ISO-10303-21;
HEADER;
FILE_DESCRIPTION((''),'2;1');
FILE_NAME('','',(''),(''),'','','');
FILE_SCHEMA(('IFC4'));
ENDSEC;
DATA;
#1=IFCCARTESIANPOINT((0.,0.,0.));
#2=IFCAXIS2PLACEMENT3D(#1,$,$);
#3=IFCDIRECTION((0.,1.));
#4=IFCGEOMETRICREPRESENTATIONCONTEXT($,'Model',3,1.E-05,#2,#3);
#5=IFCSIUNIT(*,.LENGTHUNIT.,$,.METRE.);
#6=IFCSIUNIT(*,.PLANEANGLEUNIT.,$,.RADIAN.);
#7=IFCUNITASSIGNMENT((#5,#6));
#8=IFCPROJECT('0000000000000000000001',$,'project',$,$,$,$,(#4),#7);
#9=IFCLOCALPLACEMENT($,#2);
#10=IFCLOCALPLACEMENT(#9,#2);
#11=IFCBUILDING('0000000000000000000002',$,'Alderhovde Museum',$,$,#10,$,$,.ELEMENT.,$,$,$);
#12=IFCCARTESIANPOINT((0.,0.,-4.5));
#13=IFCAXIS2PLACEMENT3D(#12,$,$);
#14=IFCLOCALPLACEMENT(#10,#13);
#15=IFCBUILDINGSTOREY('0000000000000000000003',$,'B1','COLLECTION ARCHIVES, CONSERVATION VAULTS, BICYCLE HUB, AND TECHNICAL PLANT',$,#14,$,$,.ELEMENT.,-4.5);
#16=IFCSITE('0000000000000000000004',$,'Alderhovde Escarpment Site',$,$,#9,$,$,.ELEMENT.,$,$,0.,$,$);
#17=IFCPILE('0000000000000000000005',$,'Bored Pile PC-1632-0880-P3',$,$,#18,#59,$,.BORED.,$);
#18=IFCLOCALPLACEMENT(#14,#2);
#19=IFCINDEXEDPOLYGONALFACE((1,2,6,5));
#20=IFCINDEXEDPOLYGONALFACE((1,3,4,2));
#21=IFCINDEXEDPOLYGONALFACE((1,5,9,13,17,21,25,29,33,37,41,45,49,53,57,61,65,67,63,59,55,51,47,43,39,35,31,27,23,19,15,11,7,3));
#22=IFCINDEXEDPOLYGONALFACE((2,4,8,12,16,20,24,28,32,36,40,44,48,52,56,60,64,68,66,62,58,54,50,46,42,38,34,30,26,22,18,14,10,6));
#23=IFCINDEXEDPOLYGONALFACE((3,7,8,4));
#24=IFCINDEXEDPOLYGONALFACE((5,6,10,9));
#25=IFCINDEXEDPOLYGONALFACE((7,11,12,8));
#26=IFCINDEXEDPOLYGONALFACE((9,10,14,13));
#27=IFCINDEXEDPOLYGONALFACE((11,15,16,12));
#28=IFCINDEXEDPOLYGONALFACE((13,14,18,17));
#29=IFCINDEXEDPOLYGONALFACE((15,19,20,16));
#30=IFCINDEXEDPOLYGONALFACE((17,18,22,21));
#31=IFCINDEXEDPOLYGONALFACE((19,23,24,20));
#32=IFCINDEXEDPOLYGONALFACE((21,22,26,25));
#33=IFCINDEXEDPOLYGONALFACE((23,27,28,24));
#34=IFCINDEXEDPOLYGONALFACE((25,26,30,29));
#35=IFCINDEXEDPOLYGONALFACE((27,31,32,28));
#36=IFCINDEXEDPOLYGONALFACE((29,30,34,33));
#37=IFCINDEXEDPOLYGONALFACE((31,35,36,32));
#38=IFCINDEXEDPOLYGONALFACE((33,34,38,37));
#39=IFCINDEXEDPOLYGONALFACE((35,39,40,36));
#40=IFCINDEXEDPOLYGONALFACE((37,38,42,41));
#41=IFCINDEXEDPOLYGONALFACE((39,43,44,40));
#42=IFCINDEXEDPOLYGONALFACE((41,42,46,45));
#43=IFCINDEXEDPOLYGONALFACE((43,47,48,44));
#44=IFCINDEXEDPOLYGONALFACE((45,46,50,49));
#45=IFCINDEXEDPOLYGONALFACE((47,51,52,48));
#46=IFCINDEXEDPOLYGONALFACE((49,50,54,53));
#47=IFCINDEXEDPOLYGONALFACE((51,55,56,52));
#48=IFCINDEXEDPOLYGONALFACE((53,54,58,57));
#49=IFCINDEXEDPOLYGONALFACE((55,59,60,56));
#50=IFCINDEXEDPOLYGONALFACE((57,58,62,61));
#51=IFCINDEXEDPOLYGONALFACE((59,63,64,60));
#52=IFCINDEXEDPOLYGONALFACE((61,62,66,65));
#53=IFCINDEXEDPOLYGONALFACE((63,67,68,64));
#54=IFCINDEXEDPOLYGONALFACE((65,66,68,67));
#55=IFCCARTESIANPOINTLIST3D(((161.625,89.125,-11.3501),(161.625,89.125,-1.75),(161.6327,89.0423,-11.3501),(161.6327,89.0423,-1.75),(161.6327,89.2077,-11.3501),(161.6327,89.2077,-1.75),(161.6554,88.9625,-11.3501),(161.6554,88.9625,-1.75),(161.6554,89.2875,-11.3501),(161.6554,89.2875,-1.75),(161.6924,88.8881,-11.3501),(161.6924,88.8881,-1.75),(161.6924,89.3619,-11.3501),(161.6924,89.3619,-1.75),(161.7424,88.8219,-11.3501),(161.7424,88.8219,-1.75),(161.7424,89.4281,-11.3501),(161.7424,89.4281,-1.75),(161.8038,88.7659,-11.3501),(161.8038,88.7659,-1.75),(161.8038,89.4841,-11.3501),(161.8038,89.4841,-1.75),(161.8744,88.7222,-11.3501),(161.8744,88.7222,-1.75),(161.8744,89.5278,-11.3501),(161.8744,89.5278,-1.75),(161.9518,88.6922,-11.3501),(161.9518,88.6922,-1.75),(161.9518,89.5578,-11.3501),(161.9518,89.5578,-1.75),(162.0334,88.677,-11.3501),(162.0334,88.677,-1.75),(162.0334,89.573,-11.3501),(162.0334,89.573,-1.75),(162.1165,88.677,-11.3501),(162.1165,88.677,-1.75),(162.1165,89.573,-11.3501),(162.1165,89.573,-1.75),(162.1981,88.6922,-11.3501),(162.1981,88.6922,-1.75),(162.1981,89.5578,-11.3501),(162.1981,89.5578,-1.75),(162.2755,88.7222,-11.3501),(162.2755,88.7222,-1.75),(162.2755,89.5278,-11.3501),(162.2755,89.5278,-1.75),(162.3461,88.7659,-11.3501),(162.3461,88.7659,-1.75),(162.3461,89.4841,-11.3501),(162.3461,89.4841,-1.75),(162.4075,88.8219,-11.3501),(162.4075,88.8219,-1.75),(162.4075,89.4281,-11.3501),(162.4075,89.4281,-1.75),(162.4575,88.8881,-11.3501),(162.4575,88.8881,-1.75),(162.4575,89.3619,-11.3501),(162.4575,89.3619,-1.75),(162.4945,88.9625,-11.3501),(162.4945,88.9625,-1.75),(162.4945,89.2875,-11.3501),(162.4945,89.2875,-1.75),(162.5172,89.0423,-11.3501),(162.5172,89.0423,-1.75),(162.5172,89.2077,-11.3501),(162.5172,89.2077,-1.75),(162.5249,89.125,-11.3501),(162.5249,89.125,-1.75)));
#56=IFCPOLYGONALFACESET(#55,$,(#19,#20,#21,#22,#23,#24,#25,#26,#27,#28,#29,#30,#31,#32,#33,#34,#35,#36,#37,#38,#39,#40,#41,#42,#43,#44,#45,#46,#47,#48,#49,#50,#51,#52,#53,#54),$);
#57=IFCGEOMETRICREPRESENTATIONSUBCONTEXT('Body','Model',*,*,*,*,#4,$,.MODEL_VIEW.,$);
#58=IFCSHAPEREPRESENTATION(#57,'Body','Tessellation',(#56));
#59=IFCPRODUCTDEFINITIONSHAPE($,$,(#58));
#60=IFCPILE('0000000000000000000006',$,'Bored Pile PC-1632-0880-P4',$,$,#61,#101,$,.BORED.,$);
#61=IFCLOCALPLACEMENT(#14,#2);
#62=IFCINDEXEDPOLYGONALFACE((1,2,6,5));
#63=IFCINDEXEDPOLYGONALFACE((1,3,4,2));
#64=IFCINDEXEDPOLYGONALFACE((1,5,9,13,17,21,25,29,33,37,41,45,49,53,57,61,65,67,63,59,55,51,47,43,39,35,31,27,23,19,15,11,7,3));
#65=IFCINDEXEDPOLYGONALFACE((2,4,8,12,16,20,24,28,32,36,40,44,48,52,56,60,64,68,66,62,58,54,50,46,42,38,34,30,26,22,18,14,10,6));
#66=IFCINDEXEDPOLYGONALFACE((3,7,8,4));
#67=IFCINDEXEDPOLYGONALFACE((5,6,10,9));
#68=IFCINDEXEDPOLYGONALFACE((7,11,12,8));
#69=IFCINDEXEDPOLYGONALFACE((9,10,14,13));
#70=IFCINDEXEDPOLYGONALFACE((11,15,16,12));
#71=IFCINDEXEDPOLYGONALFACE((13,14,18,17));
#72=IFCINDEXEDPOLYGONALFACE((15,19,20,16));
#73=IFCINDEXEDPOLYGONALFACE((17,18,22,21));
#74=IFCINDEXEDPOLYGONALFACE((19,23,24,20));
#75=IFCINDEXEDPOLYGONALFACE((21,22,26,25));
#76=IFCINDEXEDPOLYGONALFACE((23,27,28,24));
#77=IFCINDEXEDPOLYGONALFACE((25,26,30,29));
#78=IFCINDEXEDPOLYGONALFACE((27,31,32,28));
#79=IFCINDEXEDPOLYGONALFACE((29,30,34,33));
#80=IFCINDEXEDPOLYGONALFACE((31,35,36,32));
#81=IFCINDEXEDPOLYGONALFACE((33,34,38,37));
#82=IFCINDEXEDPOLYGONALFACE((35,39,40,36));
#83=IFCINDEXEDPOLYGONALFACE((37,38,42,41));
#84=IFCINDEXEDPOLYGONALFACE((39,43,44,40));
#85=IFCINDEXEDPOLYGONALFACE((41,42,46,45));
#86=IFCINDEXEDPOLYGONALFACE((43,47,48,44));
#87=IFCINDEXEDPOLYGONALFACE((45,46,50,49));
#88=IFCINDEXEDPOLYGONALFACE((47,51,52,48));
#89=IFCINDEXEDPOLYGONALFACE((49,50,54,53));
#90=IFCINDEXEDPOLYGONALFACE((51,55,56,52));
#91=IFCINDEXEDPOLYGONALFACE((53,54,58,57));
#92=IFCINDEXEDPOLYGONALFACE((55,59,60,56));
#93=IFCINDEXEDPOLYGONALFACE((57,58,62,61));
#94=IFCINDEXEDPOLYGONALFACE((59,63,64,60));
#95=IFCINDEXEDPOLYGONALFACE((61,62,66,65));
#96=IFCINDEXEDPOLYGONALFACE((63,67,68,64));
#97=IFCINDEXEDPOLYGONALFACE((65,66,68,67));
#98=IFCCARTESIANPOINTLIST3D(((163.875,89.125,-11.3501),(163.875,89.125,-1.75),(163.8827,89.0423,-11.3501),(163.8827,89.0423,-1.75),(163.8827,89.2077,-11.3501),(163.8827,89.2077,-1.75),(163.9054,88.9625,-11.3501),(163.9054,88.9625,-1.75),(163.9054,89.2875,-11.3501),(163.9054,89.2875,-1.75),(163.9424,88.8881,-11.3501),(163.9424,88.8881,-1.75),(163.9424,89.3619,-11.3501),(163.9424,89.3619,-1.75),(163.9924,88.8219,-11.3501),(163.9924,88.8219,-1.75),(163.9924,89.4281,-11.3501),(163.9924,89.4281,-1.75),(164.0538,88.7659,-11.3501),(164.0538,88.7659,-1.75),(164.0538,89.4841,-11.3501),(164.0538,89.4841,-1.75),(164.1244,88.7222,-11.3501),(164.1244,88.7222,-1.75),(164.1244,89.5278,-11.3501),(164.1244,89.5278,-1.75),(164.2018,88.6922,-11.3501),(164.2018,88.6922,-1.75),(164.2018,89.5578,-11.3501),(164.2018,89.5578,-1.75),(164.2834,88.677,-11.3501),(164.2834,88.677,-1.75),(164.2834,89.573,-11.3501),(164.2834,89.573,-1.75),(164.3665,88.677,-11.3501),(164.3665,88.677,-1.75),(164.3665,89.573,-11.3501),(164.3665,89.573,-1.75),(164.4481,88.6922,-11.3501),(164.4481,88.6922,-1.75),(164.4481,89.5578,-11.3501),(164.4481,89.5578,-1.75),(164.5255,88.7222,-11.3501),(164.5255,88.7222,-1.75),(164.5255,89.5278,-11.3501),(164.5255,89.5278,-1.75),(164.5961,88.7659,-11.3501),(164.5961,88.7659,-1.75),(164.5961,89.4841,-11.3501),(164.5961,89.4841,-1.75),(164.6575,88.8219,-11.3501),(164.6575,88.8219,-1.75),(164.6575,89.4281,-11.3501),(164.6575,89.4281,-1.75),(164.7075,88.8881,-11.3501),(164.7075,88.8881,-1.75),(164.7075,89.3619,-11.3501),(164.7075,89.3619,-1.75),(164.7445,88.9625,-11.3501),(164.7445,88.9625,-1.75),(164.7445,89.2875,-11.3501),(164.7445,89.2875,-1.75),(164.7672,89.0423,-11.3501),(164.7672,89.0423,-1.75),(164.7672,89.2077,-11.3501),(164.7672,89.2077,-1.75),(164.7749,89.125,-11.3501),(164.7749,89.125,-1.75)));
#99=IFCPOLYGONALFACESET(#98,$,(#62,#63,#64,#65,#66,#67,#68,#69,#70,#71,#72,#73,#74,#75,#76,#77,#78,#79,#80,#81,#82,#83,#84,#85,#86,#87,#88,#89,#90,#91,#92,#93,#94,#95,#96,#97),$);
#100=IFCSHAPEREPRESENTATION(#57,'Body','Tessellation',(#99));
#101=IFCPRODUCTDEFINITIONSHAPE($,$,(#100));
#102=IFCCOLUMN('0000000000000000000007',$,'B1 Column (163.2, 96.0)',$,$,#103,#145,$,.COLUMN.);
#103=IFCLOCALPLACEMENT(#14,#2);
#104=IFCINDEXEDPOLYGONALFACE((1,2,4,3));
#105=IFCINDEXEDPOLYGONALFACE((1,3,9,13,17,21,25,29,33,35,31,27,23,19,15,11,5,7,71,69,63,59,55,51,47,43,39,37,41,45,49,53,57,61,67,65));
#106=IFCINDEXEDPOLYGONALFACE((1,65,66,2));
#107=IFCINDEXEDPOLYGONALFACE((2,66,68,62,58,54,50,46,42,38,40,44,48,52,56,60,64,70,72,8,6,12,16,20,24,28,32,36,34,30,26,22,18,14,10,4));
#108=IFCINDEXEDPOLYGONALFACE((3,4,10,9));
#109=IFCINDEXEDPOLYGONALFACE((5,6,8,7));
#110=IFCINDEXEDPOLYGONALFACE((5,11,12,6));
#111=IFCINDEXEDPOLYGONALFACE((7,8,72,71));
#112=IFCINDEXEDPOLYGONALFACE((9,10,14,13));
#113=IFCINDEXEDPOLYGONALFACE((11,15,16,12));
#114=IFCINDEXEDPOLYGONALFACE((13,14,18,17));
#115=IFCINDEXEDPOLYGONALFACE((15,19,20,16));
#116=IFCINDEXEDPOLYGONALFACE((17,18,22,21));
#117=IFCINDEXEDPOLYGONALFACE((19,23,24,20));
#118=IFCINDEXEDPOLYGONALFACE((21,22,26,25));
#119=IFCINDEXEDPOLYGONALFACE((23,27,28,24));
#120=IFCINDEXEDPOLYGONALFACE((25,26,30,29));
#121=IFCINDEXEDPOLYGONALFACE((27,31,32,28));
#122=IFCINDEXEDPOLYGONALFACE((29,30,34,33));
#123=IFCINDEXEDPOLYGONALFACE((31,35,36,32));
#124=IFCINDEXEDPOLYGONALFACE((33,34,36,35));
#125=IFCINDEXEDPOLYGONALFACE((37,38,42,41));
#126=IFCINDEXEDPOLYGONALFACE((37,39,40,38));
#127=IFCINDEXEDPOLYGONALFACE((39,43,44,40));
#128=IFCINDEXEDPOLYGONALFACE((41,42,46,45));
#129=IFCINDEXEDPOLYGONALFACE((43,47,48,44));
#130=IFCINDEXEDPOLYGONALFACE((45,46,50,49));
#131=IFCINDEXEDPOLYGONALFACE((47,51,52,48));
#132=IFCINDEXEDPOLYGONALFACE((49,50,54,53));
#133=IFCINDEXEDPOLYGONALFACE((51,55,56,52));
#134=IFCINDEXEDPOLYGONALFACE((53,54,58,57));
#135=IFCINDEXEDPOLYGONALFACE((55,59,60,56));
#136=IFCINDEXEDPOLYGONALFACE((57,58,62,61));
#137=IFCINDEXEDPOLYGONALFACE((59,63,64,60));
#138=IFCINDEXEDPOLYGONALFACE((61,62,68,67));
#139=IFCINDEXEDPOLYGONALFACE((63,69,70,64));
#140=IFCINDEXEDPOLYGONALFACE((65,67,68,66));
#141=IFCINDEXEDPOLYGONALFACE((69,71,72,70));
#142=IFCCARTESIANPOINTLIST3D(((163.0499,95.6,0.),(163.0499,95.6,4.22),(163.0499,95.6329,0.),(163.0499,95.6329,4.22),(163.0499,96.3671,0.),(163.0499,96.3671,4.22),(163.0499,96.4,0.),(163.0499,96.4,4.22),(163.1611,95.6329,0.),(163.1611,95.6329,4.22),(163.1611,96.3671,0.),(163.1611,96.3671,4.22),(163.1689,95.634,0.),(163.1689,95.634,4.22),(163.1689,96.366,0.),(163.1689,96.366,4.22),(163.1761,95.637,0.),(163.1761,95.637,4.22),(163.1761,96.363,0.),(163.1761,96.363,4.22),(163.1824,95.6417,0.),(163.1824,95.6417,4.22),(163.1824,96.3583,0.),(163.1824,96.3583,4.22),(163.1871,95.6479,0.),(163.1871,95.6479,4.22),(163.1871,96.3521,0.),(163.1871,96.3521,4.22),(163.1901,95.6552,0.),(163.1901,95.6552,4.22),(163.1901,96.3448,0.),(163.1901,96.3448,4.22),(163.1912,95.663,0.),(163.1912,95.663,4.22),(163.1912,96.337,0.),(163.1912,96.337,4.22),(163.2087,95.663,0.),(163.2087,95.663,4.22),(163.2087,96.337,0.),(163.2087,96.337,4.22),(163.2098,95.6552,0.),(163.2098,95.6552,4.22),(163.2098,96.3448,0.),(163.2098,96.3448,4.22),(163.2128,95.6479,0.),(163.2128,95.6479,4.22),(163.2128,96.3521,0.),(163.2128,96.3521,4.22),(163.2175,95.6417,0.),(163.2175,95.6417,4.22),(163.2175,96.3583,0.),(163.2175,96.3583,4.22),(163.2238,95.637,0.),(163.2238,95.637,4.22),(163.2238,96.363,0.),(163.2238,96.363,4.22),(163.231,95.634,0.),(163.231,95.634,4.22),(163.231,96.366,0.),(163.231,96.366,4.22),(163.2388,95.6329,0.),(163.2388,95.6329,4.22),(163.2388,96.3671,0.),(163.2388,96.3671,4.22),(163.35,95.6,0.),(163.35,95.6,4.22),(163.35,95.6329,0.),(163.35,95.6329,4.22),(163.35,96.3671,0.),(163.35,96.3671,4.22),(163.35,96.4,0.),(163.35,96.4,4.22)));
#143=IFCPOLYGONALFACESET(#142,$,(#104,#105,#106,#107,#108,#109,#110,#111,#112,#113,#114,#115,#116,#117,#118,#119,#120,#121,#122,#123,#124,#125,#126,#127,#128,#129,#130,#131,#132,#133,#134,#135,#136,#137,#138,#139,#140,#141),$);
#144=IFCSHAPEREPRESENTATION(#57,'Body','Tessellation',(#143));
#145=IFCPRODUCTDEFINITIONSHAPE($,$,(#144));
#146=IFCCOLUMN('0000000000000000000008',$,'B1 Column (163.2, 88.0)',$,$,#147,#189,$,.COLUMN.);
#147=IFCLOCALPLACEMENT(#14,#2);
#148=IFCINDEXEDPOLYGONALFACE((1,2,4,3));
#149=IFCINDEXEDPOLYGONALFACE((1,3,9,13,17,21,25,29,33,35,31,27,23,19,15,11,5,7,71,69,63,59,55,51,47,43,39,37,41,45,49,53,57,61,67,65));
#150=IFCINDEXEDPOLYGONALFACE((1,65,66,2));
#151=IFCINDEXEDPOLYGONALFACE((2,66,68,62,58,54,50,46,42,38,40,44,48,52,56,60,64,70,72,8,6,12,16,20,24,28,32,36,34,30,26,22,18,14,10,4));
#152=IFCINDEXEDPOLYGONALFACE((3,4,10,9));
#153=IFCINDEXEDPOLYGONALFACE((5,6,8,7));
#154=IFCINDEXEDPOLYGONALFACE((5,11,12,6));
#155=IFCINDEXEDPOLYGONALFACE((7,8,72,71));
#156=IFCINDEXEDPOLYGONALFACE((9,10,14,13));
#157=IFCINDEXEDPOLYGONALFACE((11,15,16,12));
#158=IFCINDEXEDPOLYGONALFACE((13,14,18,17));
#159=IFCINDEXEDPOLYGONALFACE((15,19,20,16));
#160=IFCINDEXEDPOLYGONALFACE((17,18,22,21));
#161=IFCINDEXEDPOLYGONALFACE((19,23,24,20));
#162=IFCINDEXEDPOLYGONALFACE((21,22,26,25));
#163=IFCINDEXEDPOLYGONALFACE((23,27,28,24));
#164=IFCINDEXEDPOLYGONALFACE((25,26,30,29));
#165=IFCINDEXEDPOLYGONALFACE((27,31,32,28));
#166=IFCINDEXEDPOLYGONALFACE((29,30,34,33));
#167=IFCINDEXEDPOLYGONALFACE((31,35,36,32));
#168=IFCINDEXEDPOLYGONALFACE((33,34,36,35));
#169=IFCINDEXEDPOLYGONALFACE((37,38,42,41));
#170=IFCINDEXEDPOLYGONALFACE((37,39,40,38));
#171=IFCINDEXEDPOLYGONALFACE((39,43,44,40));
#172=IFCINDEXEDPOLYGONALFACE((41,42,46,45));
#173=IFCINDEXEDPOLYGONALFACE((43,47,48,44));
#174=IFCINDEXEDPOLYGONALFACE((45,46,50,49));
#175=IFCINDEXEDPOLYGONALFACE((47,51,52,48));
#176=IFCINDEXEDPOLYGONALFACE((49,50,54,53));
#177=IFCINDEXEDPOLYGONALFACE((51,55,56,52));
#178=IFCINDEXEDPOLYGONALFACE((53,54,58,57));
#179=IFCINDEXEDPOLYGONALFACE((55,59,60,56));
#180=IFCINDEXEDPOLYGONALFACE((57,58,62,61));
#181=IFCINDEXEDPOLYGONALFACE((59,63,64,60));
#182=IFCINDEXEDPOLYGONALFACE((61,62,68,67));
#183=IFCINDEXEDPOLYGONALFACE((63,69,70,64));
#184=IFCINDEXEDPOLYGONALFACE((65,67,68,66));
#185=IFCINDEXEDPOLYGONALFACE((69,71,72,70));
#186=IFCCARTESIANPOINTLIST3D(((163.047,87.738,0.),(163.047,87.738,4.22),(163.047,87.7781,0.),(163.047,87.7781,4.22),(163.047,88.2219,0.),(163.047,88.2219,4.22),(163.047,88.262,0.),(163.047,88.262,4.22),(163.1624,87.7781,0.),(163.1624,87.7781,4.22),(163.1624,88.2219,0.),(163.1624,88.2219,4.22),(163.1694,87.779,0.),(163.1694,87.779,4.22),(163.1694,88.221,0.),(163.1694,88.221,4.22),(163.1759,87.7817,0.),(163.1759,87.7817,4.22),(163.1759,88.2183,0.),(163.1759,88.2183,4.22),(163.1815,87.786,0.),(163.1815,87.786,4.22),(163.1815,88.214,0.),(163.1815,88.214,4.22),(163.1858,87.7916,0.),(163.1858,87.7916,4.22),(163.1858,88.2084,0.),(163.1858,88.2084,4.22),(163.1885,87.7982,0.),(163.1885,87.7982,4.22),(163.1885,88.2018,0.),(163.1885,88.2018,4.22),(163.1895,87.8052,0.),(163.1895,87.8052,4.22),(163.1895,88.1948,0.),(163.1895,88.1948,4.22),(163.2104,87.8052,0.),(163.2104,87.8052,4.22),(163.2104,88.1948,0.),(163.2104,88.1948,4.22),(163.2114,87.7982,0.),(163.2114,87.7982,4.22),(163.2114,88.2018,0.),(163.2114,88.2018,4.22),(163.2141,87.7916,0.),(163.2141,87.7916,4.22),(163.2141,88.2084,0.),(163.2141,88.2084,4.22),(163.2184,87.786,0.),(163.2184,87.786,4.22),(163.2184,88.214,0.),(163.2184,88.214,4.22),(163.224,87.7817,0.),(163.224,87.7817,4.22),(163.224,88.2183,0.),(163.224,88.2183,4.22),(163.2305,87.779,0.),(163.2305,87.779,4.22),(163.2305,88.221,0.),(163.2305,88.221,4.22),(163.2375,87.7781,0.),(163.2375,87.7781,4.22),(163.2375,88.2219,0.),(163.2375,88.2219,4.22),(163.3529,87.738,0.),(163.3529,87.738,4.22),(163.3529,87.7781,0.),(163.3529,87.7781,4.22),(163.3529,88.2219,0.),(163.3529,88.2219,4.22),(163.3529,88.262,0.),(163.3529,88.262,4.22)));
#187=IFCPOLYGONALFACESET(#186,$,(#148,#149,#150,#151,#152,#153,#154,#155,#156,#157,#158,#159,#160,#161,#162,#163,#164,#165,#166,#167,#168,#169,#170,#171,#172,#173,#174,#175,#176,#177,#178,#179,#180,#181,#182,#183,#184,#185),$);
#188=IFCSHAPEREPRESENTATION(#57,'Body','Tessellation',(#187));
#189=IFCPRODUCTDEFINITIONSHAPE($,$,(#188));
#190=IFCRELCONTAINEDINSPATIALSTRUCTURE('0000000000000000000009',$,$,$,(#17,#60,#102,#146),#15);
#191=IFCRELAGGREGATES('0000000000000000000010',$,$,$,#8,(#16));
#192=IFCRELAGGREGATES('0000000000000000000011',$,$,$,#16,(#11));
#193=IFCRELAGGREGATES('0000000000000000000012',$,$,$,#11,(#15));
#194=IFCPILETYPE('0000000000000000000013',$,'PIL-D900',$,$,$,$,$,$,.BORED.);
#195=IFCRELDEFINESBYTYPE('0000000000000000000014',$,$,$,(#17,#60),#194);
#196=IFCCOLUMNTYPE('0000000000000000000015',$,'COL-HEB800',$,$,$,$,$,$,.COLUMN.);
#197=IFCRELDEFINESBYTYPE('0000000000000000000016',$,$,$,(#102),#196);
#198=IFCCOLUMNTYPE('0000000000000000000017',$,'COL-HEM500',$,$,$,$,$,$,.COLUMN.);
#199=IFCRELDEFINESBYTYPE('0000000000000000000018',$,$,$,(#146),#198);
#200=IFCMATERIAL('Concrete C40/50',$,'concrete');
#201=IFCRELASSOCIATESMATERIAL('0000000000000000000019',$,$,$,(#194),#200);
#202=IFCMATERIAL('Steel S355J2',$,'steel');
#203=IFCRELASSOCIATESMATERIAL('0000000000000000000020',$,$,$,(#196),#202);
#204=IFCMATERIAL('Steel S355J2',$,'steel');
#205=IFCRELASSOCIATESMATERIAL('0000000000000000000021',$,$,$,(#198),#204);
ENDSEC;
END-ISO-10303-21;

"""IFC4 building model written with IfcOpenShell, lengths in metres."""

from ifc_helpers import new_model, si_unit, direction, frame, origin, origin_2d, place, context, subcontext, project, spatial, circle, i_section, extrude, material, material_profile, profile_set, type_object, element, save


model = new_model("IFC4")

# Units and contexts
model_context = context("Model", 3, precision=1e-05, world=origin(), true_north=direction((0.0, 1.0)))
body_context = subcontext(model_context, "Body", "Model", "MODEL_VIEW")
ifc_project = project(units=[si_unit("LENGTHUNIT", "METRE"), si_unit("PLANEANGLEUNIT", "RADIAN")], contexts=[model_context])

# Site, building, storey
site_placement = place(None, origin())
site = spatial("IfcSite", under=ifc_project, at=site_placement, Name="Alderhovde Escarpment Site", CompositionType="ELEMENT", RefElevation=0.0)
building_placement = place(site_placement, origin())
building = spatial("IfcBuilding", under=site, at=building_placement, Name="Alderhovde Museum", CompositionType="ELEMENT")
storey_placement = place(building_placement, frame((0.0, 0.0, -4.5)))
storey = spatial("IfcBuildingStorey", under=building, at=storey_placement, Name="B1", Description="COLLECTION ARCHIVES, CONSERVATION VAULTS, BICYCLE HUB, AND TECHNICAL PLANT", CompositionType="ELEMENT", Elevation=-4.5)

# Piles
ifc_material_1 = material(Name="Concrete C40/50", Category="concrete")
ifc_material_profile_1 = material_profile(ifc_material_1, circle(Radius=0.45, at=origin_2d()), Name="PILE-D900")
ifc_profile_set_1 = profile_set([ifc_material_profile_1], Name="Concrete C40/50")
pile_type_1 = type_object("IfcPileType", Name="PIL-D900", PredefinedType="BORED", material=ifc_profile_set_1)
for number, where, z_axis, x_axis, name in (
    (1, (162.075, 89.125, -1.75), (0.0, 0.0, -1.0), (1.0, 0.0, 0.0), "Bored Pile PC-1632-0880-P3"),
    (2, (164.325, 89.125, -1.75), (0.0, 0.0, -1.0), (1.0, 0.0, 0.0), "Bored Pile PC-1632-0880-P4"),
):
    element("IfcPile", number, at=place(storey_placement, frame(where, z_axis=z_axis, x_axis=x_axis)), inside=storey, type_object=pile_type_1, Name=name, PredefinedType="BORED", context=body_context, shape_type="SweptSolid", body=[
        extrude(circle(Radius=0.45, at=origin_2d()), origin(), (0.0, 0.0, 1.0), 9.6001),
    ])

# Columns
ifc_material_2 = material(Name="Steel S355J2", Category="steel")
ifc_material_profile_2 = material_profile(ifc_material_2, i_section(OverallWidth=0.3, OverallDepth=0.8, WebThickness=0.0176, FlangeThickness=0.033, FilletRadius=0.03, at=origin_2d()), Name="HEB 800")
ifc_profile_set_2 = profile_set([ifc_material_profile_2], Name="Steel S355J2")
column_type_1 = type_object("IfcColumnType", Name="COL-HEB800", PredefinedType="COLUMN", material=ifc_profile_set_2)
column_1_placement = place(storey_placement, frame((163.2, 96.0, 0.0), z_axis=(0.0, 0.0, 1.0), x_axis=(1.0, 0.0, 0.0)))
element("IfcColumn", 3, at=column_1_placement, inside=storey, type_object=column_type_1, Name="B1 Column (163.2, 96.0)", PredefinedType="COLUMN", context=body_context, shape_type="SweptSolid", body=[
    extrude(i_section(OverallWidth=0.3, OverallDepth=0.8, WebThickness=0.0176, FlangeThickness=0.033, FilletRadius=0.03, at=origin_2d()), origin(), (0.0, 0.0, 1.0), 4.22),
])
ifc_material_3 = material(Name="Steel S355J2", Category="steel")
ifc_material_profile_3 = material_profile(ifc_material_3, i_section(OverallWidth=0.3059, OverallDepth=0.5239, WebThickness=0.021, FlangeThickness=0.04, FilletRadius=0.0271, at=origin_2d()), Name="HEM 500")
ifc_profile_set_3 = profile_set([ifc_material_profile_3], Name="Steel S355J2")
column_type_2 = type_object("IfcColumnType", Name="COL-HEM500", PredefinedType="COLUMN", material=ifc_profile_set_3)
column_2_placement = place(storey_placement, frame((163.2, 88.0, 0.0), z_axis=(0.0, 0.0, 1.0), x_axis=(1.0, 0.0, 0.0)))
element("IfcColumn", 4, at=column_2_placement, inside=storey, type_object=column_type_2, Name="B1 Column (163.2, 88.0)", PredefinedType="COLUMN", context=body_context, shape_type="SweptSolid", body=[
    extrude(i_section(OverallWidth=0.3059, OverallDepth=0.5239, WebThickness=0.021, FlangeThickness=0.04, FilletRadius=0.0271, at=origin_2d()), origin(), (0.0, 0.0, 1.0), 4.22),
])

save(model, "model.ifc")
